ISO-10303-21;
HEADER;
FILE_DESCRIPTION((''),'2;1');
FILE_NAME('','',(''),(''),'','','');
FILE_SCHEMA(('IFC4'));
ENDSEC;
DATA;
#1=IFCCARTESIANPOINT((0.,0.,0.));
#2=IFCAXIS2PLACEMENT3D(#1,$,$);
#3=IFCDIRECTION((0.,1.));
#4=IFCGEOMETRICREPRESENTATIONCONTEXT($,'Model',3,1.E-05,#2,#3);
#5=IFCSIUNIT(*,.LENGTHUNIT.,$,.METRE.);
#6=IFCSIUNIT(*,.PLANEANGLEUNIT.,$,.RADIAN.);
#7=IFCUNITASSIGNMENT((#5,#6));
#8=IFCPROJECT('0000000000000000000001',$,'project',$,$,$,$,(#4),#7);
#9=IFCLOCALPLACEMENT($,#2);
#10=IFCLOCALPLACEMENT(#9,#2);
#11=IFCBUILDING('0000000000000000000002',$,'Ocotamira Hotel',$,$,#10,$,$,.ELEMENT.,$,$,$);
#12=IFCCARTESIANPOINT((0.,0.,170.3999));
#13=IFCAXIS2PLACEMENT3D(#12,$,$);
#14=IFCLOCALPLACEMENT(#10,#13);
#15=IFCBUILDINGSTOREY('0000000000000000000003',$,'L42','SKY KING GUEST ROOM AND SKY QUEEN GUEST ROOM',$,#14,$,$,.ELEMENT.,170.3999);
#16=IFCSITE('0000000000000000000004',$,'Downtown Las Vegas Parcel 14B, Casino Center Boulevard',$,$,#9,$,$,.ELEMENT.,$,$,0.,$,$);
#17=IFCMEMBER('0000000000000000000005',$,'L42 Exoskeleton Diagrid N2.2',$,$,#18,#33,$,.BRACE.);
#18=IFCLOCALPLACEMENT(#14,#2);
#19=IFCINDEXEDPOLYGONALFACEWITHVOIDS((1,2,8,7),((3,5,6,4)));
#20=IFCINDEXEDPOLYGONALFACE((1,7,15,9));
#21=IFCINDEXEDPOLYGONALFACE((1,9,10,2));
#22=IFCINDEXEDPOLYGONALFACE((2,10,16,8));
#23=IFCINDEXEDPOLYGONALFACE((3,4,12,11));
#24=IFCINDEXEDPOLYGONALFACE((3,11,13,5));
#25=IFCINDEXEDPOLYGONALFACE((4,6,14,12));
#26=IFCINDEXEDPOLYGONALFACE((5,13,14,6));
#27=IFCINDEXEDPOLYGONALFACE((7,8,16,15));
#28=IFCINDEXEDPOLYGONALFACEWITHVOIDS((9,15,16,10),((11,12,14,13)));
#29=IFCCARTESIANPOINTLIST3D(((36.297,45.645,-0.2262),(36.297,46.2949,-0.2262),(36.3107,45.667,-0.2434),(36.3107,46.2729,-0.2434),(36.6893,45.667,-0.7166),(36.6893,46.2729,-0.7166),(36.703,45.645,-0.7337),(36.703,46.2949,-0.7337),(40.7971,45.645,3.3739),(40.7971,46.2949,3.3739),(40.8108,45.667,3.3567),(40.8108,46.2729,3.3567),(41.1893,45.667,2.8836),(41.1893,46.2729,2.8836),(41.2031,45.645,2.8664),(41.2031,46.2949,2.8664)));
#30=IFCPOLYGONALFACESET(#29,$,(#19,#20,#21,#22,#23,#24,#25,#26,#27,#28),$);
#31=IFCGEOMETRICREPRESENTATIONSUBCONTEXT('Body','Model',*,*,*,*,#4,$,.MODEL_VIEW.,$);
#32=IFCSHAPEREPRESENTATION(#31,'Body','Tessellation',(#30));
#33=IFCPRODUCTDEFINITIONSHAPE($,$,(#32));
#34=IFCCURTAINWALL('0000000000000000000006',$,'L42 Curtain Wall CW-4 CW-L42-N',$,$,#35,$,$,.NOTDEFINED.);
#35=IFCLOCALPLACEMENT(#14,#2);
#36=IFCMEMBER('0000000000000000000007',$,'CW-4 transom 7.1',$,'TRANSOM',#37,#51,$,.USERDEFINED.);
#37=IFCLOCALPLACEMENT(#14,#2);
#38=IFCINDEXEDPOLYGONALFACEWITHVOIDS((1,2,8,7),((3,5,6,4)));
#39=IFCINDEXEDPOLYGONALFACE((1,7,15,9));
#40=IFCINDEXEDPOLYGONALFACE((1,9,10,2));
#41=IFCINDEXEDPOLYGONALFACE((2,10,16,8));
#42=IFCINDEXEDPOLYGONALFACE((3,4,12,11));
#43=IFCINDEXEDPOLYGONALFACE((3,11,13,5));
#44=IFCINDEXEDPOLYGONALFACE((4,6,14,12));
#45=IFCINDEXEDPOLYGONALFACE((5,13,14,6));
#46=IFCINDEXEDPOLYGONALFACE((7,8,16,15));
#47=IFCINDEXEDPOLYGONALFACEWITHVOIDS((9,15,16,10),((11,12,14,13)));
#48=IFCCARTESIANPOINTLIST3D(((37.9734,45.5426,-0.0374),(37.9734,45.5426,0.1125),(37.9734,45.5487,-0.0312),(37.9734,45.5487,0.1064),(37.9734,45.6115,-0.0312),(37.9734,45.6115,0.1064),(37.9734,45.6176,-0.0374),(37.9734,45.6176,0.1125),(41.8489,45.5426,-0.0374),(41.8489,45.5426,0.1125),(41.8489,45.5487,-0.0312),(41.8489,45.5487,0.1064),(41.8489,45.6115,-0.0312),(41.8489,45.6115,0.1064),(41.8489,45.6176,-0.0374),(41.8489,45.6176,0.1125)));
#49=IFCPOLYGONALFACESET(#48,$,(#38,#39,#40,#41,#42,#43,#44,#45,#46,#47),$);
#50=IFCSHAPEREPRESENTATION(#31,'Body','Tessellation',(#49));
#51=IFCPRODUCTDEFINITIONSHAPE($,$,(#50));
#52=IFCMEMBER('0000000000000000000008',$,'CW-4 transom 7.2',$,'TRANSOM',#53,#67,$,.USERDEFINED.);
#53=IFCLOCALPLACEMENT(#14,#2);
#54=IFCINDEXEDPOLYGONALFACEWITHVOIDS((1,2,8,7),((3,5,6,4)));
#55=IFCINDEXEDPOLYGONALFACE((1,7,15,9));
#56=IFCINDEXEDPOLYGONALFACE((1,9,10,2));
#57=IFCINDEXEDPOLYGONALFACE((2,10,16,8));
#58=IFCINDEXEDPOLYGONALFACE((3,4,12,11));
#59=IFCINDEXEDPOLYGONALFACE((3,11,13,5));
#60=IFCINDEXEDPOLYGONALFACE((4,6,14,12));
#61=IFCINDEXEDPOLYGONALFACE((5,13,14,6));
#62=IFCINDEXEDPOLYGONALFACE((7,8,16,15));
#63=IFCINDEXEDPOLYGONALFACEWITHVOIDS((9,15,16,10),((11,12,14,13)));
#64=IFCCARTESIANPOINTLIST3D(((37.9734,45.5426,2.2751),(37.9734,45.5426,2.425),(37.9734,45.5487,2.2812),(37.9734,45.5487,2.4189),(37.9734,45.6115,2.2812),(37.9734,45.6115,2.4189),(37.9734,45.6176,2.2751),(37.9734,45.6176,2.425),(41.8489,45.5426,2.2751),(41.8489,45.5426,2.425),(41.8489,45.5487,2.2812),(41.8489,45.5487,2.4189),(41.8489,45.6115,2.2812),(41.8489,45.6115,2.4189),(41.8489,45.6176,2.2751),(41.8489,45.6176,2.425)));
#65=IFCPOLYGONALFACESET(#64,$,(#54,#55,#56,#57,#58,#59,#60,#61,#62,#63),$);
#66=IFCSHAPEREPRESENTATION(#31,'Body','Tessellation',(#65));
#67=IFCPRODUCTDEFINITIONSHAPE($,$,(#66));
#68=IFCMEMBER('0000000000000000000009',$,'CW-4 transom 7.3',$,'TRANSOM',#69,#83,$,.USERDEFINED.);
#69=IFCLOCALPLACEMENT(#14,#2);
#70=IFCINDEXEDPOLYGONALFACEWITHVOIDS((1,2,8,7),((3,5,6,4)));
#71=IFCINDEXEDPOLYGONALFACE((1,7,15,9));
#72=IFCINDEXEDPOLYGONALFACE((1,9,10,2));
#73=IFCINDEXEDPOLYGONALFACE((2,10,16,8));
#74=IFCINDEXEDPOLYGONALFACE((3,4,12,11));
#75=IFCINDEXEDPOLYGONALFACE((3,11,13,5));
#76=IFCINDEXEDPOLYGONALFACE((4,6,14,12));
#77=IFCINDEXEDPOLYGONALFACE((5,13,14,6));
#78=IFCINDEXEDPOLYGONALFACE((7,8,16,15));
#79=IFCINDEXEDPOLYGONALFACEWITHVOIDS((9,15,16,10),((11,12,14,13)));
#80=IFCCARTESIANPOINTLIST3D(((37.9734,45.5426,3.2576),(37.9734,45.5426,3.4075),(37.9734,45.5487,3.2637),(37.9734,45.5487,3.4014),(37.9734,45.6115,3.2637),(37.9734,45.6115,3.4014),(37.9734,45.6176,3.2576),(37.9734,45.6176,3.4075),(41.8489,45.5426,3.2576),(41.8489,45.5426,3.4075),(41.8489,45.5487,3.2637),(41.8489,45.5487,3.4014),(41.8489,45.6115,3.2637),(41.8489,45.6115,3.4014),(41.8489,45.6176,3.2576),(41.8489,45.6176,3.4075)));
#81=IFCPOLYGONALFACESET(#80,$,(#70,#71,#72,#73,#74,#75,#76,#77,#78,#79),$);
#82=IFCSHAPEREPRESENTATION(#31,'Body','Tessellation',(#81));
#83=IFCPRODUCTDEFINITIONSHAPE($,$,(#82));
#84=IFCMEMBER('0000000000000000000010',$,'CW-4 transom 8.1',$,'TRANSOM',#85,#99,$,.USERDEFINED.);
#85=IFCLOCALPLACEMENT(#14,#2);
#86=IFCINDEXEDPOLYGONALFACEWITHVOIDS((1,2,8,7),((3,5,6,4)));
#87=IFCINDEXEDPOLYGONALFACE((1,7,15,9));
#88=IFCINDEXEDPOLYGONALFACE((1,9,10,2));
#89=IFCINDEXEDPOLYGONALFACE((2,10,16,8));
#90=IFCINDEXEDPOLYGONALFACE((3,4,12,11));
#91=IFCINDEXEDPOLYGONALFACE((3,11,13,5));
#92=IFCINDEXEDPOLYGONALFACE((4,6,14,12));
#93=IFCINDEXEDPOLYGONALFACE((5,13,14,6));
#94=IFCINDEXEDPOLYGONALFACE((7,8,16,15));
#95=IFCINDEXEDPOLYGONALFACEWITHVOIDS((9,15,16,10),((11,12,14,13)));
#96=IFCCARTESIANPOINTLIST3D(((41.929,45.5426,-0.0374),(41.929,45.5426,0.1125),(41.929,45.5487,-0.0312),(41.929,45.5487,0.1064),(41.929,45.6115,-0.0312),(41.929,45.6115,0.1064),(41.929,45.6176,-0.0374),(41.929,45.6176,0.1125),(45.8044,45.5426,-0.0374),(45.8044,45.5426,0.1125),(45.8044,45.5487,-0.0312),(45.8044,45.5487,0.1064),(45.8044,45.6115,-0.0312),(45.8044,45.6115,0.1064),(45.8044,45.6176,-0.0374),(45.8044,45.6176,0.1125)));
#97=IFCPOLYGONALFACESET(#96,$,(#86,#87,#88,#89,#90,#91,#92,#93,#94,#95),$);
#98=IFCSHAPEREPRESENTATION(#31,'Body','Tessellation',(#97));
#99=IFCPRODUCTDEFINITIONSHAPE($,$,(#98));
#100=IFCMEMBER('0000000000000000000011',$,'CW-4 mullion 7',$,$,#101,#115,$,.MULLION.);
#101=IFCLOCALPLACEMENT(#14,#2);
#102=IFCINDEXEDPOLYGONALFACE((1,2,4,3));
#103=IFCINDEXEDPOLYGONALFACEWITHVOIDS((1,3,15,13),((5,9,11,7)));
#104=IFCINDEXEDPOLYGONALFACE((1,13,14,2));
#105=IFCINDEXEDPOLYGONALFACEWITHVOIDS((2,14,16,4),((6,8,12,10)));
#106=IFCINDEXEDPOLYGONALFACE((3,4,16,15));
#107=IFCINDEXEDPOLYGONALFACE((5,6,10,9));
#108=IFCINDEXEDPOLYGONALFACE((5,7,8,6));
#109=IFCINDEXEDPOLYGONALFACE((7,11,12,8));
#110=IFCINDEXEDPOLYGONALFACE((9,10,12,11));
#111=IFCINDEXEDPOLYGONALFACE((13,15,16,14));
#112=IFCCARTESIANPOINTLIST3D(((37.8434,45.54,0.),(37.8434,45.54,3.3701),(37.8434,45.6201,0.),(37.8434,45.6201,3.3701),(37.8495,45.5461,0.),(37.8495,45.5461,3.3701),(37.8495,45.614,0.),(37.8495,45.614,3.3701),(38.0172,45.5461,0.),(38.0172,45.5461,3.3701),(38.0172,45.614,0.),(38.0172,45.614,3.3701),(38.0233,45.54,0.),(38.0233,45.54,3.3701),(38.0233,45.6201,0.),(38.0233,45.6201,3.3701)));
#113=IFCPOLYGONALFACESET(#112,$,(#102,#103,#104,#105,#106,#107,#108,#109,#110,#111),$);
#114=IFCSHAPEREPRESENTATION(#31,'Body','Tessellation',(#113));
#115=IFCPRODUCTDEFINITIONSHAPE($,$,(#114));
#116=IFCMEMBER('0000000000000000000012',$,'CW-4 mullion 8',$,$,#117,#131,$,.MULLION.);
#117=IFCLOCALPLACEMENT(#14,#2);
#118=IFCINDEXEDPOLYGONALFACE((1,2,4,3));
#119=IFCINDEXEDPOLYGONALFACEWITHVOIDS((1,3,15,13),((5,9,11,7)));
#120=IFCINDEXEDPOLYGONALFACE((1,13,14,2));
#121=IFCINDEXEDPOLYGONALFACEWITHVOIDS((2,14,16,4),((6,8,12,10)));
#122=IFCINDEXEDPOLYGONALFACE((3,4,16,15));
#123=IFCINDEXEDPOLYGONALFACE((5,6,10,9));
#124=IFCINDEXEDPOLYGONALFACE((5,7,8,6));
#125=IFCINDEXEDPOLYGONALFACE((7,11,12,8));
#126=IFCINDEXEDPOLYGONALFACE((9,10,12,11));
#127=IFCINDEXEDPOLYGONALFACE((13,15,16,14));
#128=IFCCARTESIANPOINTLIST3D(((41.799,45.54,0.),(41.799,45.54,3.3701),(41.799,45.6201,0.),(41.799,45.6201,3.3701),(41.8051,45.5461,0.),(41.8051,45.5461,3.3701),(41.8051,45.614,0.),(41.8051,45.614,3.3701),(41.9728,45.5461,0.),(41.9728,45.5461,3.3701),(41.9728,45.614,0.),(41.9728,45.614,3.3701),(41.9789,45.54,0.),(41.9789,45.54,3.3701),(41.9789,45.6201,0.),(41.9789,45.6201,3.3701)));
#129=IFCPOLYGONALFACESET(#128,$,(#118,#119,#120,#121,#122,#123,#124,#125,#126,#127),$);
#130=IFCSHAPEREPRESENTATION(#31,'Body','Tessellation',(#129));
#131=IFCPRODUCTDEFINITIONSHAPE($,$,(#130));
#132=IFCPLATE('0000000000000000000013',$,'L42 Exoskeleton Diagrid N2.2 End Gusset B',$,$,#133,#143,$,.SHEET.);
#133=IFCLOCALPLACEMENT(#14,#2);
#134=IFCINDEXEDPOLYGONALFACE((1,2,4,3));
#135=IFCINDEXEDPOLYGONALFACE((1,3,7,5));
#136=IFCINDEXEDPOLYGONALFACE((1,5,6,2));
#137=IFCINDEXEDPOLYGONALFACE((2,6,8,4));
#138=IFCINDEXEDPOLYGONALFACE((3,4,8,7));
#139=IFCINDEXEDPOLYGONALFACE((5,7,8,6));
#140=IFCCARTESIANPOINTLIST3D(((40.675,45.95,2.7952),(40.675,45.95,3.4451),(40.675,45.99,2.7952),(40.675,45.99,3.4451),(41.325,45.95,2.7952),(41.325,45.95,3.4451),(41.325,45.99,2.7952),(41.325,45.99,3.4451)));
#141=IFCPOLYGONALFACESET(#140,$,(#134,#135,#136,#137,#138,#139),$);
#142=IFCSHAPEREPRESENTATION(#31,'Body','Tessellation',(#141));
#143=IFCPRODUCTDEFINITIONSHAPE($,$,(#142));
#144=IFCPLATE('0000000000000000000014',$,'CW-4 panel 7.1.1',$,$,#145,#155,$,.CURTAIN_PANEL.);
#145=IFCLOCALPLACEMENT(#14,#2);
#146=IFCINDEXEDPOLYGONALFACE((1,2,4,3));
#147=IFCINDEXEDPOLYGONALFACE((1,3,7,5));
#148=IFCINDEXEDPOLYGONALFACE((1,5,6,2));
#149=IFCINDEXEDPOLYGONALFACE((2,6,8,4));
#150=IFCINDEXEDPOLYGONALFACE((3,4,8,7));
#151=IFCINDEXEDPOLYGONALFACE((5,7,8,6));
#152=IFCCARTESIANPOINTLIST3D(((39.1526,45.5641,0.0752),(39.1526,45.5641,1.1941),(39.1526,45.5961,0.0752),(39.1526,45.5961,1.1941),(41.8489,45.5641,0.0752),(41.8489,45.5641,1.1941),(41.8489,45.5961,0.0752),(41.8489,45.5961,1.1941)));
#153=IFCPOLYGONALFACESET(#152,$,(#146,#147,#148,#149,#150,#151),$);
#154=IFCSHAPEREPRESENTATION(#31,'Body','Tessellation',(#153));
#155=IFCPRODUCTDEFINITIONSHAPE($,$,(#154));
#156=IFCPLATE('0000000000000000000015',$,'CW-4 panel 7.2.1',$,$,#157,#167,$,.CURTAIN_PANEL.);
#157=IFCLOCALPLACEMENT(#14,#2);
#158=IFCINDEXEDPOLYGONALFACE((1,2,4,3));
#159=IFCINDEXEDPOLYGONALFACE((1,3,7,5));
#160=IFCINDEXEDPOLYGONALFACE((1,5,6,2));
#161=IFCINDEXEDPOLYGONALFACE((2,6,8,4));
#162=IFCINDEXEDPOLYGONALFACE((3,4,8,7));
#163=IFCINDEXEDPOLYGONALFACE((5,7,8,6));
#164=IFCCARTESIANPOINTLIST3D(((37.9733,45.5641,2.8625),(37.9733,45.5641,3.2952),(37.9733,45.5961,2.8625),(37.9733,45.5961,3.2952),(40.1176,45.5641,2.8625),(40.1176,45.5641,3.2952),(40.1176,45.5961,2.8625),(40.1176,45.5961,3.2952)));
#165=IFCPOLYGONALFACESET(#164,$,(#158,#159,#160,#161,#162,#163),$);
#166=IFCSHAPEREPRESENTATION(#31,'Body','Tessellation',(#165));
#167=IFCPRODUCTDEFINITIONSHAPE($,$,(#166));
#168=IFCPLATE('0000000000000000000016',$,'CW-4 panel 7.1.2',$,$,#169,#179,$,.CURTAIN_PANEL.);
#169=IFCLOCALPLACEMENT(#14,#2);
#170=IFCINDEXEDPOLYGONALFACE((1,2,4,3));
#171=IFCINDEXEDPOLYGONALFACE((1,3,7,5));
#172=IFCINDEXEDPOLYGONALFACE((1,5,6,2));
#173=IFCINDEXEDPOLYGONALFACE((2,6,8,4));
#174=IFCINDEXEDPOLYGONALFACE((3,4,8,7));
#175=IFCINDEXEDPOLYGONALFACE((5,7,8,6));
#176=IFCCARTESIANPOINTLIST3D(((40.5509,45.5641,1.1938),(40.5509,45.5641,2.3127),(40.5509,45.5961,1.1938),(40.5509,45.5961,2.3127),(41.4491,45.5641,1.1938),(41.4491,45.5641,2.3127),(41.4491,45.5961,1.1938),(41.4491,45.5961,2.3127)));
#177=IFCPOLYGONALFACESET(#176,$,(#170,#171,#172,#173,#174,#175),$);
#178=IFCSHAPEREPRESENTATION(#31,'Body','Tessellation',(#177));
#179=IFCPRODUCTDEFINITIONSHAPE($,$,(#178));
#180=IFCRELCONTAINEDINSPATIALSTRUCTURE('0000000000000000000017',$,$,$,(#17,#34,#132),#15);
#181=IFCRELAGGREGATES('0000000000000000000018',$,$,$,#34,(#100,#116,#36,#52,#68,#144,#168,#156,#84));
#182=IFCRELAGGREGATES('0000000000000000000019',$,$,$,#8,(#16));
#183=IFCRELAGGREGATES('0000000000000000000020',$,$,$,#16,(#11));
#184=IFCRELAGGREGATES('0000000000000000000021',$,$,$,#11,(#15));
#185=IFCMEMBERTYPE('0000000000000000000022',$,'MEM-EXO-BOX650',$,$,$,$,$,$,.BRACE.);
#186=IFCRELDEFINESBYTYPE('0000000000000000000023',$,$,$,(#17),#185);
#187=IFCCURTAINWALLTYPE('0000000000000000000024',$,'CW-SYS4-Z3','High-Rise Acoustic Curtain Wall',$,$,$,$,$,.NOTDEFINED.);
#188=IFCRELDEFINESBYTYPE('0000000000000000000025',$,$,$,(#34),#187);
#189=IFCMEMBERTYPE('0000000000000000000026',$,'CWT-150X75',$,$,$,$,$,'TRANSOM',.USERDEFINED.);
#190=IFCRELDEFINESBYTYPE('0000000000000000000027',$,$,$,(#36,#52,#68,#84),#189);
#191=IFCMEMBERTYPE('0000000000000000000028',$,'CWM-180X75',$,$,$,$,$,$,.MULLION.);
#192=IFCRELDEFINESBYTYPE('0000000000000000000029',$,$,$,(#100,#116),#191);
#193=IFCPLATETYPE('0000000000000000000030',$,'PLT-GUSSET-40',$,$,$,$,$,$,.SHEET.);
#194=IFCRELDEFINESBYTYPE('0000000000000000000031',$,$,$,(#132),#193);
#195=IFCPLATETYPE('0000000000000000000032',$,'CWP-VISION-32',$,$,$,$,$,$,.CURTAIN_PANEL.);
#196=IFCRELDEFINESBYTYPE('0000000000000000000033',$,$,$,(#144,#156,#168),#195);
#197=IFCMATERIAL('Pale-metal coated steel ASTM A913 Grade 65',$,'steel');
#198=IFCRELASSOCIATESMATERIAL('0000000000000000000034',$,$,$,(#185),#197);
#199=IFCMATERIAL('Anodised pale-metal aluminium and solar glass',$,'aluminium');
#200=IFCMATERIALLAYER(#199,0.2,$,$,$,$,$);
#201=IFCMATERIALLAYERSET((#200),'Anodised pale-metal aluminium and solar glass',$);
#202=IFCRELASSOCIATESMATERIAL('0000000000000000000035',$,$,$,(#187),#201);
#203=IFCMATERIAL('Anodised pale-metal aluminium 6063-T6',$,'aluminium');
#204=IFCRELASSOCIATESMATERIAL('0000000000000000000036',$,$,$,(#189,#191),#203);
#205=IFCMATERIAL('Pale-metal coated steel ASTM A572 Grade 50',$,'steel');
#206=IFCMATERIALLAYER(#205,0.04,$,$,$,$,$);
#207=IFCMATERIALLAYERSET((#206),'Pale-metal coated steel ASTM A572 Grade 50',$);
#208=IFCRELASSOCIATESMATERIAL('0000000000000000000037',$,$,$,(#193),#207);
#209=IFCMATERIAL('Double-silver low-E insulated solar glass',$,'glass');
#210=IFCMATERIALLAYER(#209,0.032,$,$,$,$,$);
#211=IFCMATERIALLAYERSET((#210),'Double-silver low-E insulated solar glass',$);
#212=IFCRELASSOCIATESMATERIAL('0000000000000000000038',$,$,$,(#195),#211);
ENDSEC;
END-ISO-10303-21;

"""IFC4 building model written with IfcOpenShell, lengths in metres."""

from ifc_helpers import new_model, si_unit, direction, frame, origin, origin_2d, place, context, subcontext, project, spatial, rectangle, hollow_rectangle, extrude, source, transform, mapped, material, layer, layer_set, material_profile, profile_set, type_object, element, aggregate, save


model = new_model("IFC4")

# Units and contexts
model_context = context("Model", 3, precision=1e-05, world=origin(), true_north=direction((0.0, 1.0)))
body_context = subcontext(model_context, "Body", "Model", "MODEL_VIEW")
ifc_project = project(units=[si_unit("LENGTHUNIT", "METRE"), si_unit("PLANEANGLEUNIT", "RADIAN")], contexts=[model_context])

# Site, building, storey
site_placement = place(None, origin())
site = spatial("IfcSite", under=ifc_project, at=site_placement, Name="Downtown Las Vegas Parcel 14B, Casino Center Boulevard", CompositionType="ELEMENT", RefElevation=0.0)
building_placement = place(site_placement, origin())
building = spatial("IfcBuilding", under=site, at=building_placement, Name="Ocotamira Hotel", CompositionType="ELEMENT")
storey_placement = place(building_placement, frame((0.0, 0.0, 170.3999)))
storey = spatial("IfcBuildingStorey", under=building, at=storey_placement, Name="L42", Description="SKY KING GUEST ROOM AND SKY QUEEN GUEST ROOM", CompositionType="ELEMENT", Elevation=170.3999)

# Member
ifc_material_1 = material(Name="Pale-metal coated steel ASTM A913 Grade 65", Category="steel")
ifc_material_profile_1 = material_profile(ifc_material_1, hollow_rectangle(XDim=0.6499, YDim=0.6499, WallThickness=0.022, at=origin_2d()), Name="BOX650X650X22")
ifc_profile_set_1 = profile_set([ifc_material_profile_1], Name="Pale-metal coated steel ASTM A913 Grade 65")
member_type_1 = type_object("IfcMemberType", Name="MEM-EXO-BOX650", PredefinedType="BRACE", material=ifc_profile_set_1)
shared_shape_1 = source(origin(), body_context, "Body", "SweptSolid", [
    extrude(hollow_rectangle(XDim=0.6499, YDim=0.6499, WallThickness=0.022, at=origin_2d()), origin(), (0.0, 0.0, 1.0), 5.7629),
])
for number, where, z_axis, x_axis, name in (
    (1, (36.5, 45.97, -0.48), (0.780861, 0.0, 0.624705), (0.0, 1.0, 0.0), "L42 Exoskeleton Diagrid N2.2"),
):
    element("IfcMember", number, at=place(storey_placement, frame(where, z_axis=z_axis, x_axis=x_axis)), inside=storey, type_object=member_type_1, Name=name, PredefinedType="BRACE", context=body_context, shape_type="MappedRepresentation", body=[
        mapped(shared_shape_1, transform((0.0, 0.0, 0.0), scale=1.0)),
    ])

# Curtain wall, members
ifc_material_2 = material(Name="Anodised pale-metal aluminium and solar glass", Category="aluminium")
ifc_layer_1 = layer(ifc_material_2, 0.2)
ifc_layer_set_1 = layer_set([ifc_layer_1], Name="Anodised pale-metal aluminium and solar glass")
curtain_wall_type = type_object("IfcCurtainWallType", Name="CW-SYS4-Z3", Description="High-Rise Acoustic Curtain Wall", PredefinedType="NOTDEFINED", material=ifc_layer_set_1)
curtain_wall_placement = place(storey_placement, origin())
curtain_wall = element("IfcCurtainWall", 2, at=curtain_wall_placement, inside=storey, type_object=curtain_wall_type, Name="L42 Curtain Wall CW-4 CW-L42-N", PredefinedType="NOTDEFINED")
ifc_material_3 = material(Name="Anodised pale-metal aluminium 6063-T6", Category="aluminium")
ifc_material_profile_2 = material_profile(ifc_material_3, hollow_rectangle(XDim=0.075, YDim=0.1499, WallThickness=0.0061, at=origin_2d()), Name="HSS150X75X6")
ifc_profile_set_2 = profile_set([ifc_material_profile_2], Name="Anodised pale-metal aluminium 6063-T6")
member_type_2 = type_object("IfcMemberType", Name="CWT-150X75", ElementType="TRANSOM", PredefinedType="USERDEFINED", material=ifc_profile_set_2)
shared_shape_2 = source(origin(), body_context, "Body", "SweptSolid", [
    extrude(hollow_rectangle(XDim=0.075, YDim=0.1499, WallThickness=0.0061, at=origin_2d()), origin(), (0.0, 0.0, 1.0), 3.8755),
])
member_1_placement = place(storey_placement, frame((37.9734, 45.5801, 0.0376), z_axis=(1.0, 0.0, 0.0), x_axis=(0.0, 1.0, 0.0)))
member_1 = element("IfcMember", 3, at=member_1_placement, type_object=member_type_2, Name="CW-4 transom 7.1", ObjectType="TRANSOM", PredefinedType="USERDEFINED", context=body_context, shape_type="MappedRepresentation", body=[
    mapped(shared_shape_2, transform((0.0, 0.0, 0.0), scale=1.0)),
])
member_2_placement = place(storey_placement, frame((37.9734, 45.5801, 2.3501), z_axis=(1.0, 0.0, 0.0), x_axis=(0.0, 1.0, 0.0)))
member_2 = element("IfcMember", 4, at=member_2_placement, type_object=member_type_2, Name="CW-4 transom 7.2", ObjectType="TRANSOM", PredefinedType="USERDEFINED", context=body_context, shape_type="MappedRepresentation", body=[
    mapped(shared_shape_2, transform((0.0, 0.0, 0.0), scale=1.0)),
])
member_3_placement = place(storey_placement, frame((37.9734, 45.5801, 3.3325), z_axis=(1.0, 0.0, 0.0), x_axis=(0.0, 1.0, 0.0)))
member_3 = element("IfcMember", 5, at=member_3_placement, type_object=member_type_2, Name="CW-4 transom 7.3", ObjectType="TRANSOM", PredefinedType="USERDEFINED", context=body_context, shape_type="MappedRepresentation", body=[
    mapped(shared_shape_2, transform((0.0, 0.0, 0.0), scale=1.0)),
])
member_4_placement = place(storey_placement, frame((41.929, 45.5801, 0.0376), z_axis=(1.0, 0.0, 0.0), x_axis=(0.0, 1.0, 0.0)))
member_4 = element("IfcMember", 6, at=member_4_placement, type_object=member_type_2, Name="CW-4 transom 8.1", ObjectType="TRANSOM", PredefinedType="USERDEFINED", context=body_context, shape_type="MappedRepresentation", body=[
    mapped(shared_shape_2, transform((0.0, 0.0, 0.0), scale=1.0)),
])
ifc_material_profile_3 = material_profile(ifc_material_3, hollow_rectangle(XDim=0.0801, YDim=0.1799, WallThickness=0.0061, at=origin_2d()), Name="HSS180X80X6")
ifc_profile_set_3 = profile_set([ifc_material_profile_3], Name="Anodised pale-metal aluminium 6063-T6")
member_type_3 = type_object("IfcMemberType", Name="CWM-180X75", PredefinedType="MULLION", material=ifc_profile_set_3)
shared_shape_3 = source(origin(), body_context, "Body", "SweptSolid", [
    extrude(hollow_rectangle(XDim=0.0801, YDim=0.1799, WallThickness=0.0061, at=origin_2d()), origin(), (0.0, 0.0, 1.0), 3.3701),
])
member_5_placement = place(storey_placement, frame((37.9333, 45.5801, 0.0), z_axis=(0.0, 0.0, 1.0), x_axis=(0.0, 1.0, 0.0)))
member_5 = element("IfcMember", 7, at=member_5_placement, type_object=member_type_3, Name="CW-4 mullion 7", PredefinedType="MULLION", context=body_context, shape_type="MappedRepresentation", body=[
    mapped(shared_shape_3, transform((0.0, 0.0, 0.0), scale=1.0)),
])
member_6_placement = place(storey_placement, frame((41.8889, 45.5801, 0.0), z_axis=(0.0, 0.0, 1.0), x_axis=(0.0, 1.0, 0.0)))
member_6 = element("IfcMember", 8, at=member_6_placement, type_object=member_type_3, Name="CW-4 mullion 8", PredefinedType="MULLION", context=body_context, shape_type="MappedRepresentation", body=[
    mapped(shared_shape_3, transform((0.0, 0.0, 0.0), scale=1.0)),
])

# Plates
ifc_material_4 = material(Name="Pale-metal coated steel ASTM A572 Grade 50", Category="steel")
ifc_layer_2 = layer(ifc_material_4, 0.04)
ifc_layer_set_2 = layer_set([ifc_layer_2], Name="Pale-metal coated steel ASTM A572 Grade 50")
plate_type_1 = type_object("IfcPlateType", Name="PLT-GUSSET-40", PredefinedType="SHEET", material=ifc_layer_set_2)
shared_shape_4 = source(origin(), body_context, "Body", "SweptSolid", [
    extrude(rectangle(XDim=0.6499, YDim=0.04, at=origin_2d()), origin(), (0.0, 0.0, 1.0), 0.6499),
])
plate_1_placement = place(storey_placement, frame((41.0, 45.97, 2.7952), z_axis=(0.0, 0.0, 1.0), x_axis=(1.0, 0.0, 0.0)))
element("IfcPlate", 9, at=plate_1_placement, inside=storey, type_object=plate_type_1, Name="L42 Exoskeleton Diagrid N2.2 End Gusset B", PredefinedType="SHEET", context=body_context, shape_type="MappedRepresentation", body=[
    mapped(shared_shape_4, transform((0.0, 0.0, 0.0), scale=1.0)),
])
ifc_material_5 = material(Name="Double-silver low-E insulated solar glass", Category="glass")
ifc_layer_3 = layer(ifc_material_5, 0.032)
ifc_layer_set_3 = layer_set([ifc_layer_3], Name="Double-silver low-E insulated solar glass")
plate_type_2 = type_object("IfcPlateType", Name="CWP-VISION-32", PredefinedType="CURTAIN_PANEL", material=ifc_layer_set_3)
shared_shape_5 = source(origin(), body_context, "Body", "SweptSolid", [
    extrude(rectangle(XDim=2.6963, YDim=0.032, at=origin_2d()), origin(), (0.0, 0.0, 1.0), 1.1189),
])
plate_2_placement = place(storey_placement, frame((40.5007, 45.5801, 0.0752), z_axis=(0.0, 0.0, 1.0), x_axis=(1.0, 0.0, 0.0)))
plate_2 = element("IfcPlate", 10, at=plate_2_placement, type_object=plate_type_2, Name="CW-4 panel 7.1.1", PredefinedType="CURTAIN_PANEL", context=body_context, shape_type="MappedRepresentation", body=[
    mapped(shared_shape_5, transform((0.0, 0.0, 0.0), scale=1.0)),
])
shared_shape_6 = source(origin(), body_context, "Body", "SweptSolid", [
    extrude(rectangle(XDim=2.1443, YDim=0.032, at=origin_2d()), origin(), (0.0, 0.0, 1.0), 0.4326),
])
plate_3_placement = place(storey_placement, frame((39.0454, 45.5801, 2.8625), z_axis=(0.0, 0.0, 1.0), x_axis=(1.0, 0.0, 0.0)))
plate_3 = element("IfcPlate", 11, at=plate_3_placement, type_object=plate_type_2, Name="CW-4 panel 7.2.1", PredefinedType="CURTAIN_PANEL", context=body_context, shape_type="MappedRepresentation", body=[
    mapped(shared_shape_6, transform((0.0, 0.0, 0.0), scale=1.0)),
])
shared_shape_7 = source(origin(), body_context, "Body", "SweptSolid", [
    extrude(rectangle(XDim=0.8982, YDim=0.032, at=origin_2d()), origin(), (0.0, 0.0, 1.0), 1.1189),
])
plate_4_placement = place(storey_placement, frame((41.0, 45.5801, 1.1938), z_axis=(0.0, 0.0, 1.0), x_axis=(1.0, 0.0, 0.0)))
plate_4 = element("IfcPlate", 12, at=plate_4_placement, type_object=plate_type_2, Name="CW-4 panel 7.1.2", PredefinedType="CURTAIN_PANEL", context=body_context, shape_type="MappedRepresentation", body=[
    mapped(shared_shape_7, transform((0.0, 0.0, 0.0), scale=1.0)),
])
aggregate(curtain_wall, [member_5, member_6, member_1, member_2, member_3, plate_2, plate_4, plate_3, member_4])

save(model, "model.ifc")
